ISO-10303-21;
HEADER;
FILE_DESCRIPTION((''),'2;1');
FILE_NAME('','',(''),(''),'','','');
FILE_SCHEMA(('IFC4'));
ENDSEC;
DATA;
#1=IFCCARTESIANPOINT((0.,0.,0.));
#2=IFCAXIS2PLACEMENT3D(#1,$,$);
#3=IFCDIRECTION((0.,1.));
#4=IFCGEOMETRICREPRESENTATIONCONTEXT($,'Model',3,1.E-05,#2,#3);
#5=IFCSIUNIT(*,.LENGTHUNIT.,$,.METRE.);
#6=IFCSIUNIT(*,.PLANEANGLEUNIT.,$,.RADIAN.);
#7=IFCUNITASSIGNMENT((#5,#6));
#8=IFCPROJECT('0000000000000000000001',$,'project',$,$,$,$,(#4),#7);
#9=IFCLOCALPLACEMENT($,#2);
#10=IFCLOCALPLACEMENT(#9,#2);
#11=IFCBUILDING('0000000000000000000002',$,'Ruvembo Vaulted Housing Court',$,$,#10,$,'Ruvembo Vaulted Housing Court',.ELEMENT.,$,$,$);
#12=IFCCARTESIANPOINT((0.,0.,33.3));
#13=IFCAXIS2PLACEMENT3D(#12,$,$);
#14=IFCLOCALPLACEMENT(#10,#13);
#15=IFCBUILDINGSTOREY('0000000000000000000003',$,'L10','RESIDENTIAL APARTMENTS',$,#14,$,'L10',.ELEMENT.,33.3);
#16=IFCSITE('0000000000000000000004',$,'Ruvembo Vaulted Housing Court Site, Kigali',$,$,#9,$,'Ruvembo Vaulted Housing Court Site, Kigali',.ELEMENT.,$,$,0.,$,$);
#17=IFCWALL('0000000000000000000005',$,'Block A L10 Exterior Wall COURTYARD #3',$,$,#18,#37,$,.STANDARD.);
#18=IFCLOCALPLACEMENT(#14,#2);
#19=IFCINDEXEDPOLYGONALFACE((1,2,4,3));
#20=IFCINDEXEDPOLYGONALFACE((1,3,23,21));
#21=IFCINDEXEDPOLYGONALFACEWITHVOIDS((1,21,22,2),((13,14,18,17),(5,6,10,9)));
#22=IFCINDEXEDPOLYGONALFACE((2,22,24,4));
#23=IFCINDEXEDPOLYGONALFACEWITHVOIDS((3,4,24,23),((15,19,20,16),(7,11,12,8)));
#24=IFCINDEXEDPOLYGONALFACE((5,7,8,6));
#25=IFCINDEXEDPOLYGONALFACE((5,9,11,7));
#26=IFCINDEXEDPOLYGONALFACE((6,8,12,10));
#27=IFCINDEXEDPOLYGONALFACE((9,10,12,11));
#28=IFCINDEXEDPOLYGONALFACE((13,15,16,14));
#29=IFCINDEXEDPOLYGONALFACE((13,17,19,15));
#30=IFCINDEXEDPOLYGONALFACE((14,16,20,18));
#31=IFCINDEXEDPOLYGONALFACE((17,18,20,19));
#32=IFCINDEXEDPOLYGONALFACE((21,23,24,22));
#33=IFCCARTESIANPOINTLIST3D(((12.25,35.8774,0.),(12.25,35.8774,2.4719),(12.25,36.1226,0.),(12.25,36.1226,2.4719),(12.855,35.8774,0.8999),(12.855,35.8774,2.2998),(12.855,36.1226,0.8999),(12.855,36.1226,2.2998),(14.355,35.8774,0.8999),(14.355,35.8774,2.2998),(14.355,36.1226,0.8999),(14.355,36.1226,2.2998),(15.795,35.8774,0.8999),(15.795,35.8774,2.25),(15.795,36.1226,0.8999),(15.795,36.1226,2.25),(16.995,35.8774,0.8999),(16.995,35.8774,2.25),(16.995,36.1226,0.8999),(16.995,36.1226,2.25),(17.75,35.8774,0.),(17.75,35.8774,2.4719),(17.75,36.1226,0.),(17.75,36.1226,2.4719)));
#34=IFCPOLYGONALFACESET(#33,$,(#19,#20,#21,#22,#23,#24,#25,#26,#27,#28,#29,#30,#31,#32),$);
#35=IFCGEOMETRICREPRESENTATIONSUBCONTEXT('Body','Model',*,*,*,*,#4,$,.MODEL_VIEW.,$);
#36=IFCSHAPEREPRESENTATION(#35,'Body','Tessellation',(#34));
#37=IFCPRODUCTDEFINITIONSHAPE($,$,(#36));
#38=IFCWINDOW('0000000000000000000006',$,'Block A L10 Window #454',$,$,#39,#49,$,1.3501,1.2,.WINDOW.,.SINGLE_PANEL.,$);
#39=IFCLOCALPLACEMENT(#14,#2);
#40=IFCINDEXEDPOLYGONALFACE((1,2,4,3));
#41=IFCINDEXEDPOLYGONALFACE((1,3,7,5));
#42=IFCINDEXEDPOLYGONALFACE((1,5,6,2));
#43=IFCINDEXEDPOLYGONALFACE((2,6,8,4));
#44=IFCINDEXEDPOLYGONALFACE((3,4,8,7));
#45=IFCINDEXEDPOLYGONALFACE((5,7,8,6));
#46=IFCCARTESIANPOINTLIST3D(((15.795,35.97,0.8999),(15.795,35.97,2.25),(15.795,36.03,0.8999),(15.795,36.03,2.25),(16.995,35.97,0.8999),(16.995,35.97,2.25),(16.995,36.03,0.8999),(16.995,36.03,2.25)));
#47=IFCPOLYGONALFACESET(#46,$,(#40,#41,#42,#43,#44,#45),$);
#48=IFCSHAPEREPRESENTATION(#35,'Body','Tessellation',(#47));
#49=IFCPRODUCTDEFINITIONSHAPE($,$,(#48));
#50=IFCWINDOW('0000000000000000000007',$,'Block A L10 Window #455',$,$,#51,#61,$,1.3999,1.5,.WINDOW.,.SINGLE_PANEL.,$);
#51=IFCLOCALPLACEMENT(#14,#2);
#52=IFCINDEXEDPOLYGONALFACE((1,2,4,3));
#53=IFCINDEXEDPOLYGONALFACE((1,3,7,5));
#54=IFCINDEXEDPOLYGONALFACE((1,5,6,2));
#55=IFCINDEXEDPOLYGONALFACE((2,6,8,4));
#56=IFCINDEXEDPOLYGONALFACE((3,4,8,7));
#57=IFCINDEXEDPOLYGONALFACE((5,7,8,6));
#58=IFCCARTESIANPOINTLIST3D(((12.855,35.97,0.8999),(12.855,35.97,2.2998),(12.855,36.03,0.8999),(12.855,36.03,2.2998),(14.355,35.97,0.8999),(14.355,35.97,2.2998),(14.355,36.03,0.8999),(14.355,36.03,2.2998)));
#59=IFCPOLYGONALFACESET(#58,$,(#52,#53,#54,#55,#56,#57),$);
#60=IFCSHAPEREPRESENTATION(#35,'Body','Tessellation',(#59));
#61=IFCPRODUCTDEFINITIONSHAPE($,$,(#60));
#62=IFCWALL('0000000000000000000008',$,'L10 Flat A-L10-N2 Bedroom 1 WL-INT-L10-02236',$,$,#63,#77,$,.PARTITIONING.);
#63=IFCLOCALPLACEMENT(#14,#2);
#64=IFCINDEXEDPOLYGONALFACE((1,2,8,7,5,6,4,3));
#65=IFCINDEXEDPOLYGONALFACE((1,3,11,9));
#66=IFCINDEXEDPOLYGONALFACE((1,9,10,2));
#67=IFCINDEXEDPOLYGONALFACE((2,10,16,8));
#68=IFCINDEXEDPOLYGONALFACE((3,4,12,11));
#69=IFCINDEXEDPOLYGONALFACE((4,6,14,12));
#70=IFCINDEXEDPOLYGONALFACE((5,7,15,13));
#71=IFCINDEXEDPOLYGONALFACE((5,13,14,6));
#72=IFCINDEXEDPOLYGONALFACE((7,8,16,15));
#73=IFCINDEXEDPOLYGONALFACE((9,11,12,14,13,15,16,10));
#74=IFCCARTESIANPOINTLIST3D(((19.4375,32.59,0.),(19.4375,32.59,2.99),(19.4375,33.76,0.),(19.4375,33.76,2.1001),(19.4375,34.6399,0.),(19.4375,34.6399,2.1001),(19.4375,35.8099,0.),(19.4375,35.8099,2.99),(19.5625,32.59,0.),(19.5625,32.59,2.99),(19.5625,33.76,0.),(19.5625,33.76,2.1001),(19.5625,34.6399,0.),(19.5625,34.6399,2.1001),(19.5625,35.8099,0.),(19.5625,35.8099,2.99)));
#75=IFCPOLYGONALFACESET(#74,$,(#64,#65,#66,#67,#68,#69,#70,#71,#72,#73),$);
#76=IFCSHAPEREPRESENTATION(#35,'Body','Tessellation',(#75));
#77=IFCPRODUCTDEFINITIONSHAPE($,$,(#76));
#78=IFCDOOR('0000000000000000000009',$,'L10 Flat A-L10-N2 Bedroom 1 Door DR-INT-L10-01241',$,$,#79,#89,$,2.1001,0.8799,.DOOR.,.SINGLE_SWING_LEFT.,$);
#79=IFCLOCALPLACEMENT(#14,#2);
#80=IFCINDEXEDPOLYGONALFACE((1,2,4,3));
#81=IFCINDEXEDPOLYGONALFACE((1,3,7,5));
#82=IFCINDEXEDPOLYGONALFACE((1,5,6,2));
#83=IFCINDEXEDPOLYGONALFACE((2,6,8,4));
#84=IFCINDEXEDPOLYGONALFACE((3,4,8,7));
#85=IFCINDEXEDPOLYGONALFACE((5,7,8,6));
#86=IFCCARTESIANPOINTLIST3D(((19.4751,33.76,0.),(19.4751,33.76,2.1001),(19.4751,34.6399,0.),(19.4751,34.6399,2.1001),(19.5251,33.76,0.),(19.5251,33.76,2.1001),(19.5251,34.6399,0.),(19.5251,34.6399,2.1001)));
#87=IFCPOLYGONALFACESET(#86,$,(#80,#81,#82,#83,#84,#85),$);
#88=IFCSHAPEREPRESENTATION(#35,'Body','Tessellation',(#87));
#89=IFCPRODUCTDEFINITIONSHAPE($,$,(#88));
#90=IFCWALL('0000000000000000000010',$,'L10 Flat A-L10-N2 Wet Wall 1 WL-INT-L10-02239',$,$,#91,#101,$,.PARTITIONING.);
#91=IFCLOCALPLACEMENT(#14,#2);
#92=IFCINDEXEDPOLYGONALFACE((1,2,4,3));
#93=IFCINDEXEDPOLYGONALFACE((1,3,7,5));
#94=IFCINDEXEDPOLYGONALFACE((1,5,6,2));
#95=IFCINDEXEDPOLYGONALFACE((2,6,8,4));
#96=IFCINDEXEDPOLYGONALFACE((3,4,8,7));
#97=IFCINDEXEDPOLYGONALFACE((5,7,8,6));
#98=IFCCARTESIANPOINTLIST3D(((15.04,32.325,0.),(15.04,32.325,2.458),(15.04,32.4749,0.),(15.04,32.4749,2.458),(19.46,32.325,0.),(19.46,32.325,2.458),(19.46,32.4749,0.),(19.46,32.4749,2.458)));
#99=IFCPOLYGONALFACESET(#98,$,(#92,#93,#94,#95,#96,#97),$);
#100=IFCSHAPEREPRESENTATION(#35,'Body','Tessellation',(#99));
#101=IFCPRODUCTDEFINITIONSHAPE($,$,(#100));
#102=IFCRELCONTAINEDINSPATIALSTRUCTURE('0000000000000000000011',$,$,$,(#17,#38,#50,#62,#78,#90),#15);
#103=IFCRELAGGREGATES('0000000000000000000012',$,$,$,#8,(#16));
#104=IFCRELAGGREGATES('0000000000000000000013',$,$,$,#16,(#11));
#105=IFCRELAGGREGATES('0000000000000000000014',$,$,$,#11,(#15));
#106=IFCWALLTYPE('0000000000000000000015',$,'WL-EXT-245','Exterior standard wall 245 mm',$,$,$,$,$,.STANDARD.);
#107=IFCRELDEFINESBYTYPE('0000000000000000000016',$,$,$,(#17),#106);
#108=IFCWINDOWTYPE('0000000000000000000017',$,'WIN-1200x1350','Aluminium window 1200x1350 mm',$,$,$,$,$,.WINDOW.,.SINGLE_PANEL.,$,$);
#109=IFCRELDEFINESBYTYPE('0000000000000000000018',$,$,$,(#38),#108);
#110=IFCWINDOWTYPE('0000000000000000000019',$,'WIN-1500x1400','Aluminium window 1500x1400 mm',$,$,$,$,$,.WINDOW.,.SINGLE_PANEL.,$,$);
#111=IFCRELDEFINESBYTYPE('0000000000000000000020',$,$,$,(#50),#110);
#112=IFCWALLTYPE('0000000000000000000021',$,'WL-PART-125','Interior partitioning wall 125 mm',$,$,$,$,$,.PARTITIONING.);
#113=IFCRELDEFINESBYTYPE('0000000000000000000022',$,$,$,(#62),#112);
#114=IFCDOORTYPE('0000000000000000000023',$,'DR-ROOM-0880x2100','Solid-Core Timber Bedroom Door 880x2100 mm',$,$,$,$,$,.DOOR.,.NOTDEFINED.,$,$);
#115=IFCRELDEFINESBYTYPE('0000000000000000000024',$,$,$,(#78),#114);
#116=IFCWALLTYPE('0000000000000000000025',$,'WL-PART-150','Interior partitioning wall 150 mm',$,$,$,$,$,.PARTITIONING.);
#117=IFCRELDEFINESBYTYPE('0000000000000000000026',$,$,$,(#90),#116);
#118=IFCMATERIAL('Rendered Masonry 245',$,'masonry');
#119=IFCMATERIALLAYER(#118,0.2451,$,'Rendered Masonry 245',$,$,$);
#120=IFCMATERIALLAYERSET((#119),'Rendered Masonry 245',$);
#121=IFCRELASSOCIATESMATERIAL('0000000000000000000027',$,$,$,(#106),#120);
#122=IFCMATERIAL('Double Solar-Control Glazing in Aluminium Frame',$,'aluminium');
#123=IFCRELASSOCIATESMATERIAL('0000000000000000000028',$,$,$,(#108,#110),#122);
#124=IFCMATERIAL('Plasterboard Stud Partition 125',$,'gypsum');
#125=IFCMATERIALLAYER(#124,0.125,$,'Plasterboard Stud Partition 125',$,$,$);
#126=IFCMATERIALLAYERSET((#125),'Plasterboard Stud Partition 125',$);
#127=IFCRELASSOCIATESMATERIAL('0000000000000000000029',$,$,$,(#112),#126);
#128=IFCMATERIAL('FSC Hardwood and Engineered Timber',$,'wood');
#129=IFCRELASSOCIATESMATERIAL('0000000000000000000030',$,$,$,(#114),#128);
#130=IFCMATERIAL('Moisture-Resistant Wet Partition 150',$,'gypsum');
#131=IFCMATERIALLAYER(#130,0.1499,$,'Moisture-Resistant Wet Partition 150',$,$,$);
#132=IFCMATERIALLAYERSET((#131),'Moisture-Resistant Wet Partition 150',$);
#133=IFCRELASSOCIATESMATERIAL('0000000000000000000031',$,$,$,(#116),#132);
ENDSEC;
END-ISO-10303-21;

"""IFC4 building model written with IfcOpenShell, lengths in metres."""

from ifc_helpers import new_model, si_unit, direction, frame, frame_2d, origin, place, context, subcontext, project, spatial, rectangle, extrude, material, layer, layer_set, type_object, element, fill, save


model = new_model("IFC4")

# Units and contexts
model_context = context("Model", 3, precision=1e-05, world=origin(), true_north=direction((0.0, 1.0)))
body_context = subcontext(model_context, "Body", "Model", "MODEL_VIEW")
ifc_project = project(units=[si_unit("LENGTHUNIT", "METRE"), si_unit("PLANEANGLEUNIT", "RADIAN")], contexts=[model_context])

# Site, building, storey
site_placement = place(None, origin())
site = spatial("IfcSite", under=ifc_project, at=site_placement, Name="Ruvembo Vaulted Housing Court Site, Kigali", LongName="Ruvembo Vaulted Housing Court Site, Kigali", CompositionType="ELEMENT", RefElevation=0.0)
building_placement = place(site_placement, origin())
building = spatial("IfcBuilding", under=site, at=building_placement, Name="Ruvembo Vaulted Housing Court", LongName="Ruvembo Vaulted Housing Court", CompositionType="ELEMENT")
storey_placement = place(building_placement, frame((0.0, 0.0, 33.3)))
storey = spatial("IfcBuildingStorey", under=building, at=storey_placement, Name="L10", Description="RESIDENTIAL APARTMENTS", LongName="L10", CompositionType="ELEMENT", Elevation=33.3)

# Wall, openings, windows
ifc_material_1 = material(Name="Rendered Masonry 245", Category="masonry")
ifc_layer_1 = layer(ifc_material_1, 0.2451, Name="Rendered Masonry 245")
ifc_layer_set_1 = layer_set([ifc_layer_1], Name="Rendered Masonry 245")
wall_type_1 = type_object("IfcWallType", Name="WL-EXT-245", Description="Exterior standard wall 245 mm", PredefinedType="STANDARD", material=ifc_layer_set_1)
ifc_material_2 = material(Name="Double Solar-Control Glazing in Aluminium Frame", Category="aluminium")
window_type_1 = type_object("IfcWindowType", Name="WIN-1200x1350", Description="Aluminium window 1200x1350 mm", PartitioningType="SINGLE_PANEL", PredefinedType="WINDOW", material=ifc_material_2)
wall_1_placement = place(storey_placement, frame((17.75, 36.0, 0.0), z_axis=(0.0, 0.0, 1.0), x_axis=(-1.0, 0.0, 0.0)))
wall_1 = element("IfcWall", 1, at=wall_1_placement, inside=storey, type_object=wall_type_1, Name="Block A L10 Exterior Wall COURTYARD #3", PredefinedType="STANDARD", context=body_context, shape_type="SweptSolid", body=[
    extrude(rectangle(XDim=5.5, YDim=0.2451, at=frame_2d((2.75, 0.0))), origin(), (0.0, 0.0, 1.0), 2.4719),
])
opening_1_placement = place(wall_1_placement, frame((0.7549, 0.0, 0.8999)))
opening_1 = element("IfcOpeningElement", 2, at=opening_1_placement, cuts=wall_1, PredefinedType="OPENING", context=body_context, shape_type="SweptSolid", body=[
    extrude(rectangle(XDim=1.2, YDim=1.3501, at=frame_2d((0.6001, 0.675))), frame((0.0, 0.1326, 0.0), z_axis=(0.0, -1.0, 0.0), x_axis=(1.0, 0.0, 0.0)), (0.0, 0.0, 1.0), 0.2651),
])
opening_2_placement = place(wall_1_placement, frame((3.395, 0.0, 0.8999)))
opening_2 = element("IfcOpeningElement", 3, at=opening_2_placement, cuts=wall_1, PredefinedType="OPENING", context=body_context, shape_type="SweptSolid", body=[
    extrude(rectangle(XDim=1.5, YDim=1.3999, at=frame_2d((0.75, 0.7))), frame((0.0, 0.1326, 0.0), z_axis=(0.0, -1.0, 0.0), x_axis=(1.0, 0.0, 0.0)), (0.0, 0.0, 1.0), 0.2651),
])
window_1_placement = place(opening_1_placement, origin())
window_1 = element("IfcWindow", 4, at=window_1_placement, inside=storey, type_object=window_type_1, Name="Block A L10 Window #454", OverallHeight=1.3501, OverallWidth=1.2, PartitioningType="SINGLE_PANEL", PredefinedType="WINDOW", context=body_context, shape_type="SweptSolid", body=[
    extrude(rectangle(XDim=1.2, YDim=1.3501, at=frame_2d((0.6001, 0.675))), frame((0.0, 0.03, 0.0), z_axis=(0.0, -1.0, 0.0), x_axis=(1.0, 0.0, 0.0)), (0.0, 0.0, 1.0), 0.0601),
])
fill(opening_1, window_1)
window_type_2 = type_object("IfcWindowType", Name="WIN-1500x1400", Description="Aluminium window 1500x1400 mm", PartitioningType="SINGLE_PANEL", PredefinedType="WINDOW", material=ifc_material_2)
window_2_placement = place(opening_2_placement, origin())
window_2 = element("IfcWindow", 5, at=window_2_placement, inside=storey, type_object=window_type_2, Name="Block A L10 Window #455", OverallHeight=1.3999, OverallWidth=1.5, PartitioningType="SINGLE_PANEL", PredefinedType="WINDOW", context=body_context, shape_type="SweptSolid", body=[
    extrude(rectangle(XDim=1.5, YDim=1.3999, at=frame_2d((0.75, 0.7))), frame((0.0, 0.03, 0.0), z_axis=(0.0, -1.0, 0.0), x_axis=(1.0, 0.0, 0.0)), (0.0, 0.0, 1.0), 0.0601),
])
fill(opening_2, window_2)

# Wall, opening, door
ifc_material_3 = material(Name="Plasterboard Stud Partition 125", Category="gypsum")
ifc_layer_2 = layer(ifc_material_3, 0.125, Name="Plasterboard Stud Partition 125")
ifc_layer_set_2 = layer_set([ifc_layer_2], Name="Plasterboard Stud Partition 125")
wall_type_2 = type_object("IfcWallType", Name="WL-PART-125", Description="Interior partitioning wall 125 mm", PredefinedType="PARTITIONING", material=ifc_layer_set_2)
wall_2_placement = place(storey_placement, frame((19.5, 32.5901, 0.0), z_axis=(0.0, 0.0, 1.0), x_axis=(0.0, 1.0, 0.0)))
wall_2 = element("IfcWall", 6, at=wall_2_placement, inside=storey, type_object=wall_type_2, Name="L10 Flat A-L10-N2 Bedroom 1 WL-INT-L10-02236", PredefinedType="PARTITIONING", context=body_context, shape_type="SweptSolid", body=[
    extrude(rectangle(XDim=3.22, YDim=0.125, at=frame_2d((1.6099, 0.0))), origin(), (0.0, 0.0, 1.0), 2.99),
])
opening_3_placement = place(wall_2_placement, frame((1.1699, 0.0, 0.0)))
opening_3 = element("IfcOpeningElement", 7, at=opening_3_placement, cuts=wall_2, PredefinedType="OPENING", context=body_context, shape_type="SweptSolid", body=[
    extrude(rectangle(XDim=0.8799, YDim=2.1001, at=frame_2d((0.4399, 1.05))), frame((0.0, 0.0725, 0.0), z_axis=(0.0, -1.0, 0.0), x_axis=(1.0, 0.0, 0.0)), (0.0, 0.0, 1.0), 0.145),
])
ifc_material_4 = material(Name="FSC Hardwood and Engineered Timber", Category="wood")
door_type = type_object("IfcDoorType", Name="DR-ROOM-0880x2100", Description="Solid-Core Timber Bedroom Door 880x2100 mm", OperationType="NOTDEFINED", PredefinedType="DOOR", material=ifc_material_4)
door_placement = place(opening_3_placement, origin())
door = element("IfcDoor", 8, at=door_placement, inside=storey, type_object=door_type, Name="L10 Flat A-L10-N2 Bedroom 1 Door DR-INT-L10-01241", OperationType="SINGLE_SWING_LEFT", OverallHeight=2.1001, OverallWidth=0.8799, PredefinedType="DOOR", context=body_context, shape_type="SweptSolid", body=[
    extrude(rectangle(XDim=0.8799, YDim=2.1001, at=frame_2d((0.4399, 1.05))), frame((0.0, 0.0249, 0.0), z_axis=(0.0, -1.0, 0.0), x_axis=(1.0, 0.0, 0.0)), (0.0, 0.0, 1.0), 0.05),
])
fill(opening_3, door)

# Wall
ifc_material_5 = material(Name="Moisture-Resistant Wet Partition 150", Category="gypsum")
ifc_layer_3 = layer(ifc_material_5, 0.1499, Name="Moisture-Resistant Wet Partition 150")
ifc_layer_set_3 = layer_set([ifc_layer_3], Name="Moisture-Resistant Wet Partition 150")
wall_type_3 = type_object("IfcWallType", Name="WL-PART-150", Description="Interior partitioning wall 150 mm", PredefinedType="PARTITIONING", material=ifc_layer_set_3)
wall_3_placement = place(storey_placement, frame((15.04, 32.3999, 0.0), z_axis=(0.0, 0.0, 1.0), x_axis=(1.0, 0.0, 0.0)))
element("IfcWall", 9, at=wall_3_placement, inside=storey, type_object=wall_type_3, Name="L10 Flat A-L10-N2 Wet Wall 1 WL-INT-L10-02239", PredefinedType="PARTITIONING", context=body_context, shape_type="SweptSolid", body=[
    extrude(rectangle(XDim=4.4199, YDim=0.1499, at=frame_2d((2.21, 0.0))), origin(), (0.0, 0.0, 1.0), 2.458),
])

save(model, "model.ifc")
